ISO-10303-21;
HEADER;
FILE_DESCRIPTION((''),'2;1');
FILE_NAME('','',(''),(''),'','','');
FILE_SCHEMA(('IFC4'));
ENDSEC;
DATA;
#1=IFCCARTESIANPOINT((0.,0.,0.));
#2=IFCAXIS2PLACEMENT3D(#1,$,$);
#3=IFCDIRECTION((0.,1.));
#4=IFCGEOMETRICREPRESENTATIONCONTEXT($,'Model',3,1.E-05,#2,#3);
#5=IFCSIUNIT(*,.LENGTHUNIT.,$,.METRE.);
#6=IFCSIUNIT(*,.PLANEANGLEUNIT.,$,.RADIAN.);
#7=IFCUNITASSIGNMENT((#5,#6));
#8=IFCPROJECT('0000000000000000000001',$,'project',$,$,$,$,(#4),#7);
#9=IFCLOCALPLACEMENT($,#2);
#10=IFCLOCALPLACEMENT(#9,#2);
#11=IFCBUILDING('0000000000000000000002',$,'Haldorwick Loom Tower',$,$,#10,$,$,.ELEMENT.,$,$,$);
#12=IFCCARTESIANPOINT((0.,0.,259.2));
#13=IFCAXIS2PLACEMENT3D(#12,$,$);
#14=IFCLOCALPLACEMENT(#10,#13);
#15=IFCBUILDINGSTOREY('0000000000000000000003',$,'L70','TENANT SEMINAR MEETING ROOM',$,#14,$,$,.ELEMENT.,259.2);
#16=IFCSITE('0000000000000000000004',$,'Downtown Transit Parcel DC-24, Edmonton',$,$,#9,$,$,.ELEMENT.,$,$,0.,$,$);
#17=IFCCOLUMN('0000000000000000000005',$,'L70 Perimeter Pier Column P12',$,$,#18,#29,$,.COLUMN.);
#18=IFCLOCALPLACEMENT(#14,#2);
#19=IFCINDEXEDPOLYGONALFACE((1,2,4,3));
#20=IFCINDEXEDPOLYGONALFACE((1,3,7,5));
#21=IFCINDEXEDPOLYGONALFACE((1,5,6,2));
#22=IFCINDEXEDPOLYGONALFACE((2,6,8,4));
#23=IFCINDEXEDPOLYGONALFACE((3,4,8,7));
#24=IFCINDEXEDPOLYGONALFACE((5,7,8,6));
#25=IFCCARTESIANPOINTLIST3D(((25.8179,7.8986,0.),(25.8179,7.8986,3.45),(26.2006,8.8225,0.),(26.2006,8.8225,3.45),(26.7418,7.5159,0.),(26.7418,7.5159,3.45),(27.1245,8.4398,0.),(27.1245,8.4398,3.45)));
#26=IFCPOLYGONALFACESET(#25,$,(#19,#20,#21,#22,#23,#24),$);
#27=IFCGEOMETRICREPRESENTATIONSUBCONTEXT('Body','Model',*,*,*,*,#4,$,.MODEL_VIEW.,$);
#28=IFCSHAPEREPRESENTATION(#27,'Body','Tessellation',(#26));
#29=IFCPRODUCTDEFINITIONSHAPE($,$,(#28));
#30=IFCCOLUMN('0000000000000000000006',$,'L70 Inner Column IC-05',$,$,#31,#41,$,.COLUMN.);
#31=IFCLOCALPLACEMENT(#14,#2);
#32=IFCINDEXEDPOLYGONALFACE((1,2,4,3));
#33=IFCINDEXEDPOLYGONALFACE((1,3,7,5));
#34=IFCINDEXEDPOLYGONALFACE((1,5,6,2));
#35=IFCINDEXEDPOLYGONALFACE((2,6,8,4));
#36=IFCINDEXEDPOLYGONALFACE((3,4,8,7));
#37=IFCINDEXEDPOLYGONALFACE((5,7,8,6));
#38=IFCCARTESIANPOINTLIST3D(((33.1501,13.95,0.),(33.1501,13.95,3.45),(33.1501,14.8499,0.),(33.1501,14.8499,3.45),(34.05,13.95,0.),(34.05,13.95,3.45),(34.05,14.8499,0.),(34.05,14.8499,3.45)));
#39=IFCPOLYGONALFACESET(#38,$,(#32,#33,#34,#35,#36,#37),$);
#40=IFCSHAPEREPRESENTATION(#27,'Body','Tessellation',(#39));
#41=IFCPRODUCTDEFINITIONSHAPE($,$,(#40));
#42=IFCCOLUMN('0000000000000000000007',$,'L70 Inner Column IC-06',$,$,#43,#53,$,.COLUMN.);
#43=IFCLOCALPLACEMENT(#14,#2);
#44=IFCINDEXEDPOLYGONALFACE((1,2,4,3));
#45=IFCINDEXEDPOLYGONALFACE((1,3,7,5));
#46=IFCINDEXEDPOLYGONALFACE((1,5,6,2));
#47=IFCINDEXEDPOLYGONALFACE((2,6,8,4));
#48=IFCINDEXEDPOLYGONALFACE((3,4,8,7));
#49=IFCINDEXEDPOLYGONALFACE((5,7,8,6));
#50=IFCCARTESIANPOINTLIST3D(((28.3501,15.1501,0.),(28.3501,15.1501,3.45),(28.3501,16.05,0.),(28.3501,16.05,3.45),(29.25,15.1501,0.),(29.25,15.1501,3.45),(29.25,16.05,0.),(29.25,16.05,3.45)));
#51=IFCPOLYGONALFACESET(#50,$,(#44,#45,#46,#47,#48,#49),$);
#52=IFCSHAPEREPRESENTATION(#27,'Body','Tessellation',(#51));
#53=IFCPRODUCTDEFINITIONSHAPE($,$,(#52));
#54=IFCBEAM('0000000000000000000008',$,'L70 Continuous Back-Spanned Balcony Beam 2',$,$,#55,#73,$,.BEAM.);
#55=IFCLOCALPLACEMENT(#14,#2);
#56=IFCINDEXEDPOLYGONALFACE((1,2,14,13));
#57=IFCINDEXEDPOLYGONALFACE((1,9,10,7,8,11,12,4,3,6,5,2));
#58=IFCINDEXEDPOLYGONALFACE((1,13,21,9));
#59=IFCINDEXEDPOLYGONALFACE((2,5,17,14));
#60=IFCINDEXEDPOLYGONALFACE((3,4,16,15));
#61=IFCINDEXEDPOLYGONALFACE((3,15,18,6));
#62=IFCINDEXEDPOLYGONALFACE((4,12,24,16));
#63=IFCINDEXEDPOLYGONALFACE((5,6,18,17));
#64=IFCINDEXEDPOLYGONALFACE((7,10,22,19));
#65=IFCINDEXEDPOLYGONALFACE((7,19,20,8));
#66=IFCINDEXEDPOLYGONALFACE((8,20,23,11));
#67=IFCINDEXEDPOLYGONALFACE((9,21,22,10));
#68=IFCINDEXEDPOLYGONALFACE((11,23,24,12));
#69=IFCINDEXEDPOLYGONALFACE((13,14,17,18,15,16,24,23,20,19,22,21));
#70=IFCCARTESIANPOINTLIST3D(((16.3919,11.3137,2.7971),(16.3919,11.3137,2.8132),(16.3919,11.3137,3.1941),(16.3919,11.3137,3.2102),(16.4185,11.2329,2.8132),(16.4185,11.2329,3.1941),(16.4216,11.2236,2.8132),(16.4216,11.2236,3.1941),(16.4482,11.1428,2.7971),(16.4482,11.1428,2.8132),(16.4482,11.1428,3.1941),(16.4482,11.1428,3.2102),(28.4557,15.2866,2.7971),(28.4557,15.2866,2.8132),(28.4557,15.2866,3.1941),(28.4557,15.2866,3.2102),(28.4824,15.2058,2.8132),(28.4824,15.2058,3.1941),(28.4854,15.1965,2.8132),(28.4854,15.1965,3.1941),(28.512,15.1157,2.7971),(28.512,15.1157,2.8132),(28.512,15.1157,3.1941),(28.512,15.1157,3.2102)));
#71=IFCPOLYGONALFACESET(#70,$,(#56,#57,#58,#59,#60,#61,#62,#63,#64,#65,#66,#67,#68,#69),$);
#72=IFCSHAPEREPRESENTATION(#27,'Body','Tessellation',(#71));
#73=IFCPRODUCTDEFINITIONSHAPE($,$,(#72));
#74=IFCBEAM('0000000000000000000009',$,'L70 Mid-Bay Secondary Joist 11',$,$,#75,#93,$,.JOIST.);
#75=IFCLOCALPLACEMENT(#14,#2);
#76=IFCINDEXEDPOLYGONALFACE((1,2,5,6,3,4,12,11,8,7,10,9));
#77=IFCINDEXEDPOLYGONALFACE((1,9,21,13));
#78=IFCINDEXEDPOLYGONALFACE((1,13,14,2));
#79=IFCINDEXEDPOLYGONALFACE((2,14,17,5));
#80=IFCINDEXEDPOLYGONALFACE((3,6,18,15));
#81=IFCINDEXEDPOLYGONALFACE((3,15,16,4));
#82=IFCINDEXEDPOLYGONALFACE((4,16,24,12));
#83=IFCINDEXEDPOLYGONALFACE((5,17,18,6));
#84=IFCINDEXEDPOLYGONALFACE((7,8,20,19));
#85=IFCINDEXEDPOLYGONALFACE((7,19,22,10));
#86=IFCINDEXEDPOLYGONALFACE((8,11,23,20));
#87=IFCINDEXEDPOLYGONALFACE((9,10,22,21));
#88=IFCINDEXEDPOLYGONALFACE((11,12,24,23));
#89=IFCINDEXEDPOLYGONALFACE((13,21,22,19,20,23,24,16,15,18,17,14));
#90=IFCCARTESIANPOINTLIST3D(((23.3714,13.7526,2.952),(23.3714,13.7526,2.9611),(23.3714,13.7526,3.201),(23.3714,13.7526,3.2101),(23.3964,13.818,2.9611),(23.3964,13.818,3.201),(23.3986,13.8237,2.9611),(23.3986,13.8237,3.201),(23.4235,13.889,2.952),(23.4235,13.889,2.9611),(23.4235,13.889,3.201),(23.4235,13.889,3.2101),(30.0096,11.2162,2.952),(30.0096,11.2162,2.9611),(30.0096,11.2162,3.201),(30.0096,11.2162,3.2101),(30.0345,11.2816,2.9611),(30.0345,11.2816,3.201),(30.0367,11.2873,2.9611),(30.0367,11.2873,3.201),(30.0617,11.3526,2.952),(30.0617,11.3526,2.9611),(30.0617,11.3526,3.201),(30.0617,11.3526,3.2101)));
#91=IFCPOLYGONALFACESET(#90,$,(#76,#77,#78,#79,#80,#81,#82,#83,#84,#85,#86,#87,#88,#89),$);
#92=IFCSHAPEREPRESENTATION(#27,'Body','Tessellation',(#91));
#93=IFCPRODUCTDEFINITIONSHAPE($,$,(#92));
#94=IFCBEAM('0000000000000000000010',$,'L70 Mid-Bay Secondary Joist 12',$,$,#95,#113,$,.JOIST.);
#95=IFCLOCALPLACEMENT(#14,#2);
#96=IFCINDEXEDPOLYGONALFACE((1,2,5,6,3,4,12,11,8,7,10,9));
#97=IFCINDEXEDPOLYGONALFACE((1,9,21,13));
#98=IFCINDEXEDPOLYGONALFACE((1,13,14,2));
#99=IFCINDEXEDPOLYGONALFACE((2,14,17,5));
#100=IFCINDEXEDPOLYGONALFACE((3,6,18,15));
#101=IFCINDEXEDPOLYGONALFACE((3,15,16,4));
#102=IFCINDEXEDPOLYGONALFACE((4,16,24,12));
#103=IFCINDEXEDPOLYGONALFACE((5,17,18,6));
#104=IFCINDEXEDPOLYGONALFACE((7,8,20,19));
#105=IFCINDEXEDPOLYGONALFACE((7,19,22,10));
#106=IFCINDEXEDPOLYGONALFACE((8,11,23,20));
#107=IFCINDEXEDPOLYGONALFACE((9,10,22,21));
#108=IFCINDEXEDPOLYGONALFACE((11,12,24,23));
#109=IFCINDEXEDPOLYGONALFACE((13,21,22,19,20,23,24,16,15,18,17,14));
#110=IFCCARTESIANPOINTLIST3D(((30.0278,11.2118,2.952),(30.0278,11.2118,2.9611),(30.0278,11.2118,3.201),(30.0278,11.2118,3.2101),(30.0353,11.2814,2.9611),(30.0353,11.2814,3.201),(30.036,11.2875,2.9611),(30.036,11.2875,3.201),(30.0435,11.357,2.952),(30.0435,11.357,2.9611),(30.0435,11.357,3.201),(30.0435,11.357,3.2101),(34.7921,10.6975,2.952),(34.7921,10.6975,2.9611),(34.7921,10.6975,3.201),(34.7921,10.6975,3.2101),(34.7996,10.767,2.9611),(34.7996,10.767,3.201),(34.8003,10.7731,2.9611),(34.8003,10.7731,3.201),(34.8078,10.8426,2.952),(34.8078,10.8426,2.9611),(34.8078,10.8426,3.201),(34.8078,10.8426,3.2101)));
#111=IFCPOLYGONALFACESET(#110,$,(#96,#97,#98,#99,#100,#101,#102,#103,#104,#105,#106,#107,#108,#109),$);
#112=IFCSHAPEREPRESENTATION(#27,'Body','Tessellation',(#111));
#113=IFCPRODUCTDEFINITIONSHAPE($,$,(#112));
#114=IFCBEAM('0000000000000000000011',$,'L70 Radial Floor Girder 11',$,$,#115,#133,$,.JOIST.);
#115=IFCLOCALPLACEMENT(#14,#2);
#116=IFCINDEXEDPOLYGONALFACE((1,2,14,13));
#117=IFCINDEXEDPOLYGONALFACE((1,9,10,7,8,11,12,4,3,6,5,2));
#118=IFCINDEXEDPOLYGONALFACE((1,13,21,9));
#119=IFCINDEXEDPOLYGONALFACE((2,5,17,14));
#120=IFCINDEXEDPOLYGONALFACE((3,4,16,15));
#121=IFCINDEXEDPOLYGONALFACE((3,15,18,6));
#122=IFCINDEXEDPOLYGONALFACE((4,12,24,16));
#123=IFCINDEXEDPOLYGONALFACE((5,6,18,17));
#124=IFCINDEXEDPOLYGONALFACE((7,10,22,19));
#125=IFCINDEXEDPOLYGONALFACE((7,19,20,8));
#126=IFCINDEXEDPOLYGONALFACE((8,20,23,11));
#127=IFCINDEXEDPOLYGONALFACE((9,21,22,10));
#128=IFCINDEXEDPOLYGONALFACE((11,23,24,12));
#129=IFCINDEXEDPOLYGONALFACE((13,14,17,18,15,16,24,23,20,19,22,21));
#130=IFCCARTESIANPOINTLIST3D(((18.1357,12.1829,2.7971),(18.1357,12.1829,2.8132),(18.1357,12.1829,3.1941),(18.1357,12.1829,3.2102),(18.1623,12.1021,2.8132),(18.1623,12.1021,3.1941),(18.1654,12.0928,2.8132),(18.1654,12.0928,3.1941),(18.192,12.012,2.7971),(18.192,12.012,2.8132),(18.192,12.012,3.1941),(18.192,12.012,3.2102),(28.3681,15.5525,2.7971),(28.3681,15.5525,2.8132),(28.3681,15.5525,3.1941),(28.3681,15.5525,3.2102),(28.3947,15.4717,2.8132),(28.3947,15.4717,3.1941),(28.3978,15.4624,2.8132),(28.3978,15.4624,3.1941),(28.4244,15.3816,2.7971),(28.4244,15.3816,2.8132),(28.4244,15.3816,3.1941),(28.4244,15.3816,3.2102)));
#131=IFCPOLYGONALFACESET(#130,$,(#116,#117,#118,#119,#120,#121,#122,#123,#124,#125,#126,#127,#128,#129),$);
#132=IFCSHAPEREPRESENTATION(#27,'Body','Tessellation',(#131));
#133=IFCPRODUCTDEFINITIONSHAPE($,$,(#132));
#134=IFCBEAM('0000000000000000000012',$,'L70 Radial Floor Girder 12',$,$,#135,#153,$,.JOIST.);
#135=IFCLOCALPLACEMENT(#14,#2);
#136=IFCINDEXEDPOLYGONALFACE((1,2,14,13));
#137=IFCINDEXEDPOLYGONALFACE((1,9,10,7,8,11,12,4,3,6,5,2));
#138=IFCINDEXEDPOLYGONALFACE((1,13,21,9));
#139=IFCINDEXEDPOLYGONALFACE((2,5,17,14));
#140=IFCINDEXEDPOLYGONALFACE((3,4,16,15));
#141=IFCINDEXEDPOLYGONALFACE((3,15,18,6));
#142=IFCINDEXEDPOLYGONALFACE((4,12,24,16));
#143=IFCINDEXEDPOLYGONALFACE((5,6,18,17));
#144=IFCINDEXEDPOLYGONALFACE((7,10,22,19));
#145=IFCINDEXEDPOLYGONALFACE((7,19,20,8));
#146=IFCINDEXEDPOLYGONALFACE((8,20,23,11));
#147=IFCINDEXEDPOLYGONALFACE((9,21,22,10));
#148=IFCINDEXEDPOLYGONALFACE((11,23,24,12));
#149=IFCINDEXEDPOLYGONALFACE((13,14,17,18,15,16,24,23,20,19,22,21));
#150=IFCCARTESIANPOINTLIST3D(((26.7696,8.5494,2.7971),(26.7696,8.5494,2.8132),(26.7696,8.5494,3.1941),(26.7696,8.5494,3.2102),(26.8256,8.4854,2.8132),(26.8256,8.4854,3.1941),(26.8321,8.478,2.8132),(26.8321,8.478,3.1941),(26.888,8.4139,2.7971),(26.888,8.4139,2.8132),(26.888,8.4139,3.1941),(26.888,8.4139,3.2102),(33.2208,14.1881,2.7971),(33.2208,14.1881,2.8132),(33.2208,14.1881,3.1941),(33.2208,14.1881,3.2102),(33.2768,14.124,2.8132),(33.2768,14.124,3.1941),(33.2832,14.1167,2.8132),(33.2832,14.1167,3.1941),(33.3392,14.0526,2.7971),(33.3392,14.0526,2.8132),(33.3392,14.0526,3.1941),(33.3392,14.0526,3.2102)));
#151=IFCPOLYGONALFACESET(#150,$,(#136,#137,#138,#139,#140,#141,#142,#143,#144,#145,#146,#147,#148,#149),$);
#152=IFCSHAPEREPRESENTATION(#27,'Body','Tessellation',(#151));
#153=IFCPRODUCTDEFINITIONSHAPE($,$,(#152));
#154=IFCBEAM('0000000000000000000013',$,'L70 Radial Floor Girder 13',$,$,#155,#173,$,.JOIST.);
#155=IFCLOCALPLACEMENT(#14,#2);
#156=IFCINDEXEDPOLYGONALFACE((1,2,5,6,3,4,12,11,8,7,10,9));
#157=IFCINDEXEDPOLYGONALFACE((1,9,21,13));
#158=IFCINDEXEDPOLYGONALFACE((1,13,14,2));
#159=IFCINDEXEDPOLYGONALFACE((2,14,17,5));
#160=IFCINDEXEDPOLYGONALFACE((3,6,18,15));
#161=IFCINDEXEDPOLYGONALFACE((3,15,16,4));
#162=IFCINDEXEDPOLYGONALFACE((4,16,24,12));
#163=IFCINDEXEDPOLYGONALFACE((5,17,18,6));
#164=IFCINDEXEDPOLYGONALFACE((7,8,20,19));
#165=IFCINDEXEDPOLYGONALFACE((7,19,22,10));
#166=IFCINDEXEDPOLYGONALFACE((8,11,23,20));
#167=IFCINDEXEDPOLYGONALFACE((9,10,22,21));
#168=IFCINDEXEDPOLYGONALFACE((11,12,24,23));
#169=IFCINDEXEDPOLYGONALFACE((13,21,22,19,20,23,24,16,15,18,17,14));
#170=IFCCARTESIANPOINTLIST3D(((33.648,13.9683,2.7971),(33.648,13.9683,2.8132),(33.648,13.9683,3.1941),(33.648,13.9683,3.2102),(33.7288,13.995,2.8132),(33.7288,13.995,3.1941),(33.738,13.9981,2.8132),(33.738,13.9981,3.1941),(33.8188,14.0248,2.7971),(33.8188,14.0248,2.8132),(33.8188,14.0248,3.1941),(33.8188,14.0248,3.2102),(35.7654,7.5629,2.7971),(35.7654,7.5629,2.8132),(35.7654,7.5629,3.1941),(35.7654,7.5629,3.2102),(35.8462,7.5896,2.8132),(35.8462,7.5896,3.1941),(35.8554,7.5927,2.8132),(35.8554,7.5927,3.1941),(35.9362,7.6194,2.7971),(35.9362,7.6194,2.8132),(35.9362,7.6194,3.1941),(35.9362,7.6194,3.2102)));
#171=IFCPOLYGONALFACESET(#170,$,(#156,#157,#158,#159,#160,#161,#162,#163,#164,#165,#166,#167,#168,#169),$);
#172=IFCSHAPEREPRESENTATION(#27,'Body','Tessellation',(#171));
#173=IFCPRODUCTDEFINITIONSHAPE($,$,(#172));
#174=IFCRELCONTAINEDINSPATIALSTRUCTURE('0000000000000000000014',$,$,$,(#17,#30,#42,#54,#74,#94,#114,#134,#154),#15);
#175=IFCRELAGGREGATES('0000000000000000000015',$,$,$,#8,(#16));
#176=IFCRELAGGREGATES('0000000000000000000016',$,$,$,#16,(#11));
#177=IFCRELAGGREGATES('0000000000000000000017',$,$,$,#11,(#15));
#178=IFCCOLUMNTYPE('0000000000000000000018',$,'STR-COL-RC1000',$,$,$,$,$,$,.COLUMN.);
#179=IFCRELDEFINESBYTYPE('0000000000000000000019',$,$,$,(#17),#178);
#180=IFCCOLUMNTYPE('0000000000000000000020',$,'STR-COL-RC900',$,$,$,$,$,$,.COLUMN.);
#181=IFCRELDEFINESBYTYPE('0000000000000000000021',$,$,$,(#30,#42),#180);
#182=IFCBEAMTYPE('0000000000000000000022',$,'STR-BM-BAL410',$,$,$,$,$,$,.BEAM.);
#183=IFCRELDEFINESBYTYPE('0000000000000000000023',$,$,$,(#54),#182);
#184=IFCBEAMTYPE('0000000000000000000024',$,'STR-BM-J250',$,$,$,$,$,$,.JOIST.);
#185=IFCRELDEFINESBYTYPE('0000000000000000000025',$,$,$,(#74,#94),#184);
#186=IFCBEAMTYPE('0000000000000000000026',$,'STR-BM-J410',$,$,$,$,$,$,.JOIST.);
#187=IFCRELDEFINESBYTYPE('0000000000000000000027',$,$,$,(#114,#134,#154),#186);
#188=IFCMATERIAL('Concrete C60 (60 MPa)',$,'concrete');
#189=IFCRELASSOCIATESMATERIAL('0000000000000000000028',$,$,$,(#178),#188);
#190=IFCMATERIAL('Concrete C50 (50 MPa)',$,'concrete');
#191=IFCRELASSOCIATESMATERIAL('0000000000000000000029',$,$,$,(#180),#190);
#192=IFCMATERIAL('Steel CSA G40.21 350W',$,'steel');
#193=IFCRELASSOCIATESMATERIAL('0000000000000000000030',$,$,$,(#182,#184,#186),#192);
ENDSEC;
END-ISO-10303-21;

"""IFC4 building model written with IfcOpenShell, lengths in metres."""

from ifc_helpers import new_model, si_unit, direction, frame, origin, origin_2d, place, context, subcontext, project, spatial, rectangle, i_section, extrude, material, material_profile, profile_set, type_object, element, save


model = new_model("IFC4")

# Units and contexts
model_context = context("Model", 3, precision=1e-05, world=origin(), true_north=direction((0.0, 1.0)))
body_context = subcontext(model_context, "Body", "Model", "MODEL_VIEW")
ifc_project = project(units=[si_unit("LENGTHUNIT", "METRE"), si_unit("PLANEANGLEUNIT", "RADIAN")], contexts=[model_context])

# Site, building, storey
site_placement = place(None, origin())
site = spatial("IfcSite", under=ifc_project, at=site_placement, Name="Downtown Transit Parcel DC-24, Edmonton", CompositionType="ELEMENT", RefElevation=0.0)
building_placement = place(site_placement, origin())
building = spatial("IfcBuilding", under=site, at=building_placement, Name="Haldorwick Loom Tower", CompositionType="ELEMENT")
storey_placement = place(building_placement, frame((0.0, 0.0, 259.2)))
storey = spatial("IfcBuildingStorey", under=building, at=storey_placement, Name="L70", Description="TENANT SEMINAR MEETING ROOM", CompositionType="ELEMENT", Elevation=259.2)

# Columns
ifc_material_1 = material(Name="Concrete C60 (60 MPa)", Category="concrete")
ifc_material_profile_1 = material_profile(ifc_material_1, rectangle(XDim=1.0, YDim=1.0, at=origin_2d()), Name="RC1000X1000", Category="concrete")
ifc_profile_set_1 = profile_set([ifc_material_profile_1], Name="Concrete C60 (60 MPa)")
column_type_1 = type_object("IfcColumnType", Name="STR-COL-RC1000", PredefinedType="COLUMN", material=ifc_profile_set_1)
column_placement = place(storey_placement, frame((26.4712, 8.1692, 0.0), z_axis=(0.0, 0.0, 1.0), x_axis=(-0.382683, -0.92388, 0.0)))
element("IfcColumn", 1, at=column_placement, inside=storey, type_object=column_type_1, Name="L70 Perimeter Pier Column P12", PredefinedType="COLUMN", context=body_context, shape_type="SweptSolid", body=[
    extrude(rectangle(XDim=1.0, YDim=1.0, at=origin_2d()), origin(), (0.0, 0.0, 1.0), 3.45),
])
ifc_material_2 = material(Name="Concrete C50 (50 MPa)", Category="concrete")
ifc_material_profile_2 = material_profile(ifc_material_2, rectangle(XDim=0.8999, YDim=0.8999, at=origin_2d()), Name="RC900X900", Category="concrete")
ifc_profile_set_2 = profile_set([ifc_material_profile_2], Name="Concrete C50 (50 MPa)")
column_type_2 = type_object("IfcColumnType", Name="STR-COL-RC900", PredefinedType="COLUMN", material=ifc_profile_set_2)
for number, where, z_axis, x_axis, name in (
    (2, (33.6001, 14.3999, 0.0), (0.0, 0.0, 1.0), (1.0, 0.0, 0.0), "L70 Inner Column IC-05"),
    (3, (28.8, 15.6001, 0.0), (0.0, 0.0, 1.0), (1.0, 0.0, 0.0), "L70 Inner Column IC-06"),
):
    element("IfcColumn", number, at=place(storey_placement, frame(where, z_axis=z_axis, x_axis=x_axis)), inside=storey, type_object=column_type_2, Name=name, PredefinedType="COLUMN", context=body_context, shape_type="SweptSolid", body=[
        extrude(rectangle(XDim=0.8999, YDim=0.8999, at=origin_2d()), origin(), (0.0, 0.0, 1.0), 3.45),
    ])

# Beams
ifc_material_3 = material(Name="Steel CSA G40.21 350W", Category="steel")
ifc_material_profile_3 = material_profile(ifc_material_3, i_section(OverallWidth=0.1799, OverallDepth=0.4131, WebThickness=0.0098, FlangeThickness=0.0161, at=origin_2d()), Name="W410X74", Category="steel")
ifc_profile_set_3 = profile_set([ifc_material_profile_3], Name="Steel CSA G40.21 350W")
beam_type_1 = type_object("IfcBeamType", Name="STR-BM-BAL410", PredefinedType="BEAM", material=ifc_profile_set_3)
beam_1_placement = place(storey_placement, frame((28.4839, 15.2012, 3.0037), z_axis=(-0.949819, -0.3128, 0.0), x_axis=(0.3128, -0.949819, 0.0)))
element("IfcBeam", 4, at=beam_1_placement, inside=storey, type_object=beam_type_1, Name="L70 Continuous Back-Spanned Balcony Beam 2", PredefinedType="BEAM", context=body_context, shape_type="SweptSolid", body=[
    extrude(i_section(OverallWidth=0.1799, OverallDepth=0.4131, WebThickness=0.0098, FlangeThickness=0.0161, at=origin_2d()), origin(), (0.0, 0.0, 1.0), 12.7012),
])
ifc_material_profile_4 = material_profile(ifc_material_3, i_section(OverallWidth=0.146, OverallDepth=0.2581, WebThickness=0.0061, FlangeThickness=0.009, at=origin_2d()), Name="W250X33", Category="steel")
ifc_profile_set_4 = profile_set([ifc_material_profile_4], Name="Steel CSA G40.21 350W")
beam_type_2 = type_object("IfcBeamType", Name="STR-BM-J250", PredefinedType="JOIST", material=ifc_profile_set_4)
beam_2_placement = place(storey_placement, frame((23.3975, 13.8208, 3.0811), z_axis=(0.934134, -0.356922, 0.0), x_axis=(0.356922, 0.934134, 0.0)))
element("IfcBeam", 5, at=beam_2_placement, inside=storey, type_object=beam_type_2, Name="L70 Mid-Bay Secondary Joist 11", PredefinedType="JOIST", context=body_context, shape_type="SweptSolid", body=[
    extrude(i_section(OverallWidth=0.146, OverallDepth=0.2581, WebThickness=0.0061, FlangeThickness=0.009, at=origin_2d()), origin(), (0.0, 0.0, 1.0), 7.1062),
])
beam_3_placement = place(storey_placement, frame((30.0356, 11.2844, 3.0811), z_axis=(0.994222, -0.107344, 0.0), x_axis=(0.107344, 0.994222, 0.0)))
element("IfcBeam", 6, at=beam_3_placement, inside=storey, type_object=beam_type_2, Name="L70 Mid-Bay Secondary Joist 12", PredefinedType="JOIST", context=body_context, shape_type="SweptSolid", body=[
    extrude(i_section(OverallWidth=0.146, OverallDepth=0.2581, WebThickness=0.0061, FlangeThickness=0.009, at=origin_2d()), origin(), (0.0, 0.0, 1.0), 4.792),
])
ifc_material_profile_5 = material_profile(ifc_material_3, i_section(OverallWidth=0.1799, OverallDepth=0.4131, WebThickness=0.0098, FlangeThickness=0.0161, at=origin_2d()), Name="W410X74", Category="steel")
ifc_profile_set_5 = profile_set([ifc_material_profile_5], Name="Steel CSA G40.21 350W")
beam_type_3 = type_object("IfcBeamType", Name="STR-BM-J410", PredefinedType="JOIST", material=ifc_profile_set_5)
beam_4_placement = place(storey_placement, frame((28.3962, 15.467, 3.0037), z_axis=(-0.949824, -0.312786, 0.0), x_axis=(0.312786, -0.949824, 0.0)))
element("IfcBeam", 7, at=beam_4_placement, inside=storey, type_object=beam_type_3, Name="L70 Radial Floor Girder 11", PredefinedType="JOIST", context=body_context, shape_type="SweptSolid", body=[
    extrude(i_section(OverallWidth=0.1799, OverallDepth=0.4131, WebThickness=0.0098, FlangeThickness=0.0161, at=origin_2d()), origin(), (0.0, 0.0, 1.0), 10.7729),
])
beam_5_placement = place(storey_placement, frame((33.28, 14.1204, 3.0037), z_axis=(-0.75293, -0.658101, 0.0), x_axis=(0.658101, -0.75293, 0.0)))
element("IfcBeam", 8, at=beam_5_placement, inside=storey, type_object=beam_type_3, Name="L70 Radial Floor Girder 12", PredefinedType="JOIST", context=body_context, shape_type="SweptSolid", body=[
    extrude(i_section(OverallWidth=0.1799, OverallDepth=0.4131, WebThickness=0.0098, FlangeThickness=0.0161, at=origin_2d()), origin(), (0.0, 0.0, 1.0), 8.5681),
])
beam_6_placement = place(storey_placement, frame((33.7334, 13.9966, 3.0037), z_axis=(0.31386, -0.949469, 0.0), x_axis=(0.949469, 0.31386, 0.0)))
element("IfcBeam", 9, at=beam_6_placement, inside=storey, type_object=beam_type_3, Name="L70 Radial Floor Girder 13", PredefinedType="JOIST", context=body_context, shape_type="SweptSolid", body=[
    extrude(i_section(OverallWidth=0.1799, OverallDepth=0.4131, WebThickness=0.0098, FlangeThickness=0.0161, at=origin_2d()), origin(), (0.0, 0.0, 1.0), 6.7463),
])

save(model, "model.ifc")
